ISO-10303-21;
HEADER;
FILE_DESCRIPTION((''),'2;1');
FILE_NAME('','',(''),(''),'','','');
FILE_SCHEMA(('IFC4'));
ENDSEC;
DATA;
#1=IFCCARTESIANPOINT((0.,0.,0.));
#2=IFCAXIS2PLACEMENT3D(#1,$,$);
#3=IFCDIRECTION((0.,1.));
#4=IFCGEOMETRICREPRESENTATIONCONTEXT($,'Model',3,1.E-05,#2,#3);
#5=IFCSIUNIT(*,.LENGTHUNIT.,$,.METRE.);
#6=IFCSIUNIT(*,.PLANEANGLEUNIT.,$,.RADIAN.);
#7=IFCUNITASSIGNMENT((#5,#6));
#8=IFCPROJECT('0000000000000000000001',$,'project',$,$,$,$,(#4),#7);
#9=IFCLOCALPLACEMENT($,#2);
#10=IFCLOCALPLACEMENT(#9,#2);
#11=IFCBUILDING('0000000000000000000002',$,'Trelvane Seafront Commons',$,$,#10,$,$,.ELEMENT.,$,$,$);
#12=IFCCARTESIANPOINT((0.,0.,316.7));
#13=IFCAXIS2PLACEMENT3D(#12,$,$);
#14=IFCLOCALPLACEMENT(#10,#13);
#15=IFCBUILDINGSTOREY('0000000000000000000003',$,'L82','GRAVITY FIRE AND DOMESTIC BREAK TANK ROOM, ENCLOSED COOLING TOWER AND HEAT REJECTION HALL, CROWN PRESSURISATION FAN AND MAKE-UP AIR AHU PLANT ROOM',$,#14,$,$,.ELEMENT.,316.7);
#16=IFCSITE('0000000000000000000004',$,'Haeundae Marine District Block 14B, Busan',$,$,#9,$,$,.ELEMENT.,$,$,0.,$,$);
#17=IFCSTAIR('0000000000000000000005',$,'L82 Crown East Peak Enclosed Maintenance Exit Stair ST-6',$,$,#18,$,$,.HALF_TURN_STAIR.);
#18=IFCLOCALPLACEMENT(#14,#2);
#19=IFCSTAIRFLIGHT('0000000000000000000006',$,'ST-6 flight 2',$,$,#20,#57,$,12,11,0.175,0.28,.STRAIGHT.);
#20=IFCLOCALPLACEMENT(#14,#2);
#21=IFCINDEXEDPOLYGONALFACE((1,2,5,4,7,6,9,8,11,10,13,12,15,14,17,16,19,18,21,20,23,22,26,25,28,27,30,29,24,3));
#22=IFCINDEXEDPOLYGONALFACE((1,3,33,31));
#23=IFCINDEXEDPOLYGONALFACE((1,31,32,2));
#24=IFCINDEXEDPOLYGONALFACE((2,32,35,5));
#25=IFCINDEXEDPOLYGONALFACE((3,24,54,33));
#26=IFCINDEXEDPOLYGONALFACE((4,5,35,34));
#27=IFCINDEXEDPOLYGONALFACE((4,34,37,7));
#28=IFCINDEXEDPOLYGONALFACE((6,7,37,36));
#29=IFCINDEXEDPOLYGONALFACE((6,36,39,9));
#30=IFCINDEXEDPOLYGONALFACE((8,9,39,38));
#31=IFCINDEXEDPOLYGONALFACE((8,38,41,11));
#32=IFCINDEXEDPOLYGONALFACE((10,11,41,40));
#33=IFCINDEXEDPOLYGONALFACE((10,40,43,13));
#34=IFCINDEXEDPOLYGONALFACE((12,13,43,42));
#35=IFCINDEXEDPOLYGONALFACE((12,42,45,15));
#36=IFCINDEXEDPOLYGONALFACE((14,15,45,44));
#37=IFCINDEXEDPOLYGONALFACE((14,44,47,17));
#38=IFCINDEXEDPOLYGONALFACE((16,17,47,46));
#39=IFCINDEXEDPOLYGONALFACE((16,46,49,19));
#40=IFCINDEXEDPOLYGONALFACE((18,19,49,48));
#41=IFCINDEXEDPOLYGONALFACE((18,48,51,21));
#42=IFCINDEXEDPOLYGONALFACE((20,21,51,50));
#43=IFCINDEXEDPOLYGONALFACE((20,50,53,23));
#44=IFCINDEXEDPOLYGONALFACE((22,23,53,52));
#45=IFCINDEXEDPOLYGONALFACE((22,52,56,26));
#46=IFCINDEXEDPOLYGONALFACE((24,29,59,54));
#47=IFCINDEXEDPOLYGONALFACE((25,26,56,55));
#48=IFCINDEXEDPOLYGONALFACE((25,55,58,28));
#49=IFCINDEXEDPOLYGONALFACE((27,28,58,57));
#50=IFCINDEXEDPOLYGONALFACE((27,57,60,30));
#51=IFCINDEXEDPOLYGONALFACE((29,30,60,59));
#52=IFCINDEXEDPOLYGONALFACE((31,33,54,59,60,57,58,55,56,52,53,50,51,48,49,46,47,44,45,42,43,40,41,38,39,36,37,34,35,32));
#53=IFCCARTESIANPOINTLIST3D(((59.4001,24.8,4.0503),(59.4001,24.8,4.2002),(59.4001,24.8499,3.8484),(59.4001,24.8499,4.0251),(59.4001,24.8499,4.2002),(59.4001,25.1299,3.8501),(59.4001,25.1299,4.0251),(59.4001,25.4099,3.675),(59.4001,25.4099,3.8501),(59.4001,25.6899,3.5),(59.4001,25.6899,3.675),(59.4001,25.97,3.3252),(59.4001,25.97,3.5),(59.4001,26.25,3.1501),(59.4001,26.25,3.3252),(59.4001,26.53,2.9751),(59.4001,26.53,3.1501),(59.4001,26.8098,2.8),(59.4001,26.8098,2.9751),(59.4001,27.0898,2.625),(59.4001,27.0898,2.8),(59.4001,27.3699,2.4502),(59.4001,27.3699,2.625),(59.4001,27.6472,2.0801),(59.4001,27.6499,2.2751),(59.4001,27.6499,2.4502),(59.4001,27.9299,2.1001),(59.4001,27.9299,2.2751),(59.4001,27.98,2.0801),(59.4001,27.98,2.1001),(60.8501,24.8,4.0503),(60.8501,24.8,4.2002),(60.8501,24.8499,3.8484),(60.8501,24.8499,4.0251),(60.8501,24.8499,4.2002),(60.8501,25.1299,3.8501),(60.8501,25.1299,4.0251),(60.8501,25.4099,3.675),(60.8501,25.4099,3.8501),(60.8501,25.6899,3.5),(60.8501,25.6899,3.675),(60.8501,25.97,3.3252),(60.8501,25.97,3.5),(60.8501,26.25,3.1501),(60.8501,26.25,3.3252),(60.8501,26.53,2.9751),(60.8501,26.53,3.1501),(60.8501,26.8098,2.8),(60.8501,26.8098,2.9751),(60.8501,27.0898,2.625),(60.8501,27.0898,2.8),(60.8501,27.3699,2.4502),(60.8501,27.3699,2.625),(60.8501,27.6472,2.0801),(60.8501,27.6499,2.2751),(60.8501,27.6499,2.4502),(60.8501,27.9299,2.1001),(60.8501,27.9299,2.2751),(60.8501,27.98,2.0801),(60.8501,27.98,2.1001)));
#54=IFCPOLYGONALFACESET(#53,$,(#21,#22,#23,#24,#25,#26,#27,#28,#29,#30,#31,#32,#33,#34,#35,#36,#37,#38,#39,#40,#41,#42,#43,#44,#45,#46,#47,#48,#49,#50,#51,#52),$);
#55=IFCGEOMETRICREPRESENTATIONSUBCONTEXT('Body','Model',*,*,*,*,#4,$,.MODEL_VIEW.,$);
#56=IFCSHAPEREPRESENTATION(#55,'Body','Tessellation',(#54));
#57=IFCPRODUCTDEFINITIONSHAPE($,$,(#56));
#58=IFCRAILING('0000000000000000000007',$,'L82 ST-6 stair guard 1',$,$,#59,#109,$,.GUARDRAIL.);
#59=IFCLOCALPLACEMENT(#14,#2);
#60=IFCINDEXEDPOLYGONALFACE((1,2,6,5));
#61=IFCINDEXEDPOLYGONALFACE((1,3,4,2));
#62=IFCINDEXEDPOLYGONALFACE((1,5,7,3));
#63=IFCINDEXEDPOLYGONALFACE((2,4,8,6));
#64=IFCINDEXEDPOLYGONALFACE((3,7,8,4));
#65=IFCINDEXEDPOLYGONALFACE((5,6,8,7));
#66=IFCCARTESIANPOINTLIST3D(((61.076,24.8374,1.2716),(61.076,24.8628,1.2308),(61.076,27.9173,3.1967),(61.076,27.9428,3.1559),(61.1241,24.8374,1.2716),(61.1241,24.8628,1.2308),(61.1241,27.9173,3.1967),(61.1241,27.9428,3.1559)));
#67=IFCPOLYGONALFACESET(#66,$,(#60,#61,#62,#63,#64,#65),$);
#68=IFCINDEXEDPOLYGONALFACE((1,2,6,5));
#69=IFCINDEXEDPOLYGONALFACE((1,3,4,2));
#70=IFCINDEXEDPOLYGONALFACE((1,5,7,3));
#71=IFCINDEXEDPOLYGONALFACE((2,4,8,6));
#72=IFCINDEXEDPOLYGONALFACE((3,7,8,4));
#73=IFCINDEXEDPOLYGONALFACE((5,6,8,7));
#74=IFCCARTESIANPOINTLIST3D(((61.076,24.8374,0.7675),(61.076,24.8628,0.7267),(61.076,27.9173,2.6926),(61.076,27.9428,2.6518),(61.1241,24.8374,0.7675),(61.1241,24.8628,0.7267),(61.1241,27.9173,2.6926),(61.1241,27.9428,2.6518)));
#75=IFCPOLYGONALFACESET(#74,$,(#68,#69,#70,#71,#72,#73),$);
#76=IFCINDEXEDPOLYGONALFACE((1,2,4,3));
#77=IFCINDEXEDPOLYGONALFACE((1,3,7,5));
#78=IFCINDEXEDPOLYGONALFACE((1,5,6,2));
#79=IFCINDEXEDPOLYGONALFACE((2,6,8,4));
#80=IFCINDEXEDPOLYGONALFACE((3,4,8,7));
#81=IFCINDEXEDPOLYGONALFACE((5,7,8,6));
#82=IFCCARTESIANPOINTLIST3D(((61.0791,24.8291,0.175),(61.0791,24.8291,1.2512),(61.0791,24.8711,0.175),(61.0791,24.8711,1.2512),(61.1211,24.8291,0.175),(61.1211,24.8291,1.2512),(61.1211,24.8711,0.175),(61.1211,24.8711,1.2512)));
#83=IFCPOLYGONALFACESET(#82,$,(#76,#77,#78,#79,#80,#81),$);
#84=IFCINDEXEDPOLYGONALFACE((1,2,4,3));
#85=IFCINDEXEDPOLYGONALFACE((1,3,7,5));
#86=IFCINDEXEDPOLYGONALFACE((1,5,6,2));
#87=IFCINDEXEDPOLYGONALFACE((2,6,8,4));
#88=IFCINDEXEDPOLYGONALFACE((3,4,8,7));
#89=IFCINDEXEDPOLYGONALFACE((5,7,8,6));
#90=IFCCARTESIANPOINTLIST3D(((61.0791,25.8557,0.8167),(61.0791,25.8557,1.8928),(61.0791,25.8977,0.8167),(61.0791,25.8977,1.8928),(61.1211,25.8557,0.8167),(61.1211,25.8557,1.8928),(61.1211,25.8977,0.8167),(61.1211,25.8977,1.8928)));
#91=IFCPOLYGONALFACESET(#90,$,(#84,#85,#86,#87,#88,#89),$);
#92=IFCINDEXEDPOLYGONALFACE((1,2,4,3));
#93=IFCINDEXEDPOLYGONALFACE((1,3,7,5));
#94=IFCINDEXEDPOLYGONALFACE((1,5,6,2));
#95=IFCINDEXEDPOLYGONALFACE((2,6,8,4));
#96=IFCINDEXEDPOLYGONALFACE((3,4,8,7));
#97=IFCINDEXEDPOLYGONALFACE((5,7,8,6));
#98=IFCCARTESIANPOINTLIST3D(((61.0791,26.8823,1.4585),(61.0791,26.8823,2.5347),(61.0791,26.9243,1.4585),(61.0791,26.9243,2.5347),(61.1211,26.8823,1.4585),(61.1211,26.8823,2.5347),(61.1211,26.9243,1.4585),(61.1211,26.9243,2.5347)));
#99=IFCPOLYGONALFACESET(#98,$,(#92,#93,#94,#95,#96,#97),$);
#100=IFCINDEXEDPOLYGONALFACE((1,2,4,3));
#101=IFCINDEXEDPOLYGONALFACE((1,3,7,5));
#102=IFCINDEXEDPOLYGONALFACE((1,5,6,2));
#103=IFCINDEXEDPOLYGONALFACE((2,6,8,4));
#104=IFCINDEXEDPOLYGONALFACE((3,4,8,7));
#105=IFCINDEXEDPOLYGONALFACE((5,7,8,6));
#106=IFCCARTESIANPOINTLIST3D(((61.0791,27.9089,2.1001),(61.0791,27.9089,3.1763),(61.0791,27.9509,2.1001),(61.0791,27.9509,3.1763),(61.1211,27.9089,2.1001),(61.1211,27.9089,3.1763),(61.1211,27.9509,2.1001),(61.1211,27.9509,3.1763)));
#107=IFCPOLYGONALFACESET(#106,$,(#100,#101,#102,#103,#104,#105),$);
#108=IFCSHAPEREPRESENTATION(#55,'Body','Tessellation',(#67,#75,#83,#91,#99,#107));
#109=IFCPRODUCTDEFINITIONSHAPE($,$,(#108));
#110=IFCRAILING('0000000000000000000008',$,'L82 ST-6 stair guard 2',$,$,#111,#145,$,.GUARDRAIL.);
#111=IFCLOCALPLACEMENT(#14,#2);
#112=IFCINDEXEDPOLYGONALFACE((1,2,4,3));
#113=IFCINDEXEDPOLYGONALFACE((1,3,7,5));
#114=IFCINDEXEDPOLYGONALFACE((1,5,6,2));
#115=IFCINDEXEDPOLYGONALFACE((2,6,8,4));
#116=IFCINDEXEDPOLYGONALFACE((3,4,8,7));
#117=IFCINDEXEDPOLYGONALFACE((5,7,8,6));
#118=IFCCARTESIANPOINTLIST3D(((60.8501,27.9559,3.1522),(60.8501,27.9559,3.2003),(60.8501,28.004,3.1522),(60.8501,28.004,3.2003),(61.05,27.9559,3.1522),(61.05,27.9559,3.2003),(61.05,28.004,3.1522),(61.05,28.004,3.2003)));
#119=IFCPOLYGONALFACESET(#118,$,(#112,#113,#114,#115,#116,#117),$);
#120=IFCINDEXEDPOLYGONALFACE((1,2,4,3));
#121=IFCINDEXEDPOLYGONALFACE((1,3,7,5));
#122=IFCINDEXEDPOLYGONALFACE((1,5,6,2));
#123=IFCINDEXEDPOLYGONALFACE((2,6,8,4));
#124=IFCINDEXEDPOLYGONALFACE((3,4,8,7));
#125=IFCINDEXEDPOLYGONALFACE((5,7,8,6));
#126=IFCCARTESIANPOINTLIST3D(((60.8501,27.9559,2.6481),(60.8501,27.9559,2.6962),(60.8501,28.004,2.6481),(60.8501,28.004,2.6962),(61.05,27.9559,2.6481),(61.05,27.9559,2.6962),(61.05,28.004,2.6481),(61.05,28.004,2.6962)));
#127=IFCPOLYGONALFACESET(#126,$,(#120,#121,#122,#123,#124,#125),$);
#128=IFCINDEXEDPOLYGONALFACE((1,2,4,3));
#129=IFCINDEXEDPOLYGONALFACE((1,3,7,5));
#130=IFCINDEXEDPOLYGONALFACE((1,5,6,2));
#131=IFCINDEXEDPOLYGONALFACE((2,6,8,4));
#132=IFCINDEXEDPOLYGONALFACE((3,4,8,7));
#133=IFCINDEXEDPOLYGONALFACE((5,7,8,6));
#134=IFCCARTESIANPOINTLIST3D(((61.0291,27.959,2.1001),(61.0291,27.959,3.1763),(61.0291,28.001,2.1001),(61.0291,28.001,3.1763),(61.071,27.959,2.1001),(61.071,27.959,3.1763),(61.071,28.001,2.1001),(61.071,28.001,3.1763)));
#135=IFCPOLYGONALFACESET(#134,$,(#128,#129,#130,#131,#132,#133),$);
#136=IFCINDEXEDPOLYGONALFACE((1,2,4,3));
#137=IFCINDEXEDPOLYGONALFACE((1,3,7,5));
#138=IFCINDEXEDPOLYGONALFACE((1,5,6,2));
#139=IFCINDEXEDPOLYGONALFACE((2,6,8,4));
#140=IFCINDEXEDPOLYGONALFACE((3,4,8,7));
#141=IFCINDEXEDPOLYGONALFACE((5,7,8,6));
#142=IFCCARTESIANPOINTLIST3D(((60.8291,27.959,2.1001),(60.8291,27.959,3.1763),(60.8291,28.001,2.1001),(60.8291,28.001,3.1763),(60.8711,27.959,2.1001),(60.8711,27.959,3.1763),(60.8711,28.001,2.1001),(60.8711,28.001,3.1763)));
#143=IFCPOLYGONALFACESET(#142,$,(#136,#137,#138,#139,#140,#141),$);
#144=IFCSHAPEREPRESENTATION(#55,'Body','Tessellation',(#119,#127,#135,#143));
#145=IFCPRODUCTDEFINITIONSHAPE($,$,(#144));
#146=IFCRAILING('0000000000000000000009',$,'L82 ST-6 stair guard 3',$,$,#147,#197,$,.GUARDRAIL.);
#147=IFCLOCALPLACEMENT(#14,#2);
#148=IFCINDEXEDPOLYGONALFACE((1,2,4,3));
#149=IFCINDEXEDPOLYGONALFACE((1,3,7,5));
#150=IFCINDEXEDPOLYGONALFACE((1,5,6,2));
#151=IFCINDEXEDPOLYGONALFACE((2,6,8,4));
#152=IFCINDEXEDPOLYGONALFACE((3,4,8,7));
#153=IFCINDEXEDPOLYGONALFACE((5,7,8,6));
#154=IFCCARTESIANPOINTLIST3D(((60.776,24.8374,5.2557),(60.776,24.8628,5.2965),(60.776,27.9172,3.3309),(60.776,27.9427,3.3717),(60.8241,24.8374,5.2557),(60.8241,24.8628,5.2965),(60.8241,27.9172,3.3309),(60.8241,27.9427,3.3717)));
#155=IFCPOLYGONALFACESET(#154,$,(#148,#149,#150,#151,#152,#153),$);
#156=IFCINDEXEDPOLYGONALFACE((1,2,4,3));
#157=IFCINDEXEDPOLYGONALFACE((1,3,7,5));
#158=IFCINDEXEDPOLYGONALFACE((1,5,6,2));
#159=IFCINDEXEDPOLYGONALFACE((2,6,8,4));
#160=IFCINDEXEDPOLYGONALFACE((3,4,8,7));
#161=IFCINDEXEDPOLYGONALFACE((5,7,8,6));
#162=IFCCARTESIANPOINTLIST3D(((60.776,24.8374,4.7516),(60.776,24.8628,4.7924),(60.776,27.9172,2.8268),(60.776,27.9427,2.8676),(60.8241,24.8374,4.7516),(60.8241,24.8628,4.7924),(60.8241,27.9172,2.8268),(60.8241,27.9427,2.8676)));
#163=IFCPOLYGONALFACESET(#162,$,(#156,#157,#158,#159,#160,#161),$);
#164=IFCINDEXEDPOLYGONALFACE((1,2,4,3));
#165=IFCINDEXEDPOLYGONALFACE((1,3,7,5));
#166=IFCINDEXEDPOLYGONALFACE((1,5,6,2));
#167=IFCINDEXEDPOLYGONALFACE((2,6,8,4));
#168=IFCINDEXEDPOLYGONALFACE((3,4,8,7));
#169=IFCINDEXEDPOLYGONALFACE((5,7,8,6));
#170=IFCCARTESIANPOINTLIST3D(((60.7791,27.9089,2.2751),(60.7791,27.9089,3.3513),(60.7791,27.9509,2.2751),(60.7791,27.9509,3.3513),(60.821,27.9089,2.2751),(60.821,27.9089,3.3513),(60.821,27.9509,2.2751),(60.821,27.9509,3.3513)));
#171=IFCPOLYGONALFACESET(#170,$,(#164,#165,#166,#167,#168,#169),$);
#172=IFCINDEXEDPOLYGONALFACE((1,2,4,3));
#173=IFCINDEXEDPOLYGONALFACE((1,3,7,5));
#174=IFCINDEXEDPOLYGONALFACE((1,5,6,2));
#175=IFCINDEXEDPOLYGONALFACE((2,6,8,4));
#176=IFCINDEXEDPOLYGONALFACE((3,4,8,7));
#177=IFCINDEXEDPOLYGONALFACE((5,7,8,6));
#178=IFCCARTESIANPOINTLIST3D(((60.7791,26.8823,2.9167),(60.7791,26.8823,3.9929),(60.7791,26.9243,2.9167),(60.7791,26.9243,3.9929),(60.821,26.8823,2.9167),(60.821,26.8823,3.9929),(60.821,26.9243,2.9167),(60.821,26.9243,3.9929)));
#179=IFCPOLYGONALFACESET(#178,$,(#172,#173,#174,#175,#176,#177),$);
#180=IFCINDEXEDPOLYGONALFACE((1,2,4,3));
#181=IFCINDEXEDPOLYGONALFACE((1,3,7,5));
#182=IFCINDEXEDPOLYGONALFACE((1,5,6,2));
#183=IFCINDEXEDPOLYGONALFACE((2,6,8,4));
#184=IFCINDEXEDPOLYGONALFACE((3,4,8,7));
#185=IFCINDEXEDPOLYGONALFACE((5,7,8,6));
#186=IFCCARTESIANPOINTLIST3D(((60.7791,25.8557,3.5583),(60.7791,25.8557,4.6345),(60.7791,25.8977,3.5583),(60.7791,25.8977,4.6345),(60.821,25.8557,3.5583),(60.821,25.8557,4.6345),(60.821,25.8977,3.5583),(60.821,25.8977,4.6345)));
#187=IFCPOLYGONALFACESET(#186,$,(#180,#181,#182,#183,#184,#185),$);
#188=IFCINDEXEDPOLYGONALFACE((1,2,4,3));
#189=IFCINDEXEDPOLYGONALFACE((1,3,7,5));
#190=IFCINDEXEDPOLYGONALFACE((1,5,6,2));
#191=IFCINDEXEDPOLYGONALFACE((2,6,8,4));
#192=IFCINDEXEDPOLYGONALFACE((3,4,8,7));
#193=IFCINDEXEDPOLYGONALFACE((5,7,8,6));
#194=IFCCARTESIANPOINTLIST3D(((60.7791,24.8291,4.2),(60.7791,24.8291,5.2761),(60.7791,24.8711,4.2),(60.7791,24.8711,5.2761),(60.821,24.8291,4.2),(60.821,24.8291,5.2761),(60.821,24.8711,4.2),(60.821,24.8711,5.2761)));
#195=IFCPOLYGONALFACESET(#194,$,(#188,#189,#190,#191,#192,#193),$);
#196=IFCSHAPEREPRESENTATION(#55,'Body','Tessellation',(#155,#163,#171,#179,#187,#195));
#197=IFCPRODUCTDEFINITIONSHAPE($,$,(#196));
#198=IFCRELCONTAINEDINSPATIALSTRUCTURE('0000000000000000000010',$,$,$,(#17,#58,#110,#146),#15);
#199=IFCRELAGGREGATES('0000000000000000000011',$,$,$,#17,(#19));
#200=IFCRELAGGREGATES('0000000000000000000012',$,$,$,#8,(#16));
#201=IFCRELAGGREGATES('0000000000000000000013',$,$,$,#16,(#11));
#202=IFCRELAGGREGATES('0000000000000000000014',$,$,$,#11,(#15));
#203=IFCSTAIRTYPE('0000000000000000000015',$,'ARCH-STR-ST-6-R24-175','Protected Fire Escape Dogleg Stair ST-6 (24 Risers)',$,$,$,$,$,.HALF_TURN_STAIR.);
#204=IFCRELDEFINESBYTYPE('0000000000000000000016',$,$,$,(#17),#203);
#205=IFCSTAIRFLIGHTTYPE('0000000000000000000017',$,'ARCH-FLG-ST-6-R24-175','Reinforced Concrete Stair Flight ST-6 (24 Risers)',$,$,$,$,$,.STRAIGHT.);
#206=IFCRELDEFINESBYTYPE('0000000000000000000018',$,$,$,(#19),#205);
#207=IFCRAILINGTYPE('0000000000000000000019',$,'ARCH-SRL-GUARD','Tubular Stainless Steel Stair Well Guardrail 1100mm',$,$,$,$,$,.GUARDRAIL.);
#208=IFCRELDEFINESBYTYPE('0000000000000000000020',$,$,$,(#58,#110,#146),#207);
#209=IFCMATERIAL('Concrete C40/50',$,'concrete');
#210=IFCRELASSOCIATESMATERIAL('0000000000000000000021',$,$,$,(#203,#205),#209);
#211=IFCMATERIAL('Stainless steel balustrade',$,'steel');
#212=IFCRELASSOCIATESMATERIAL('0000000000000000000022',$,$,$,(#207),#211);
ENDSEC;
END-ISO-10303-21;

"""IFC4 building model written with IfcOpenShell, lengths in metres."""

from ifc_helpers import new_model, si_unit, direction, frame, origin, origin_2d, place, context, subcontext, project, spatial, polyline, rectangle, outline, extrude, source, transform, mapped, material, type_object, element, aggregate, save


model = new_model("IFC4")

# Units and contexts
model_context = context("Model", 3, precision=1e-05, world=origin(), true_north=direction((0.0, 1.0)))
body_context = subcontext(model_context, "Body", "Model", "MODEL_VIEW")
ifc_project = project(units=[si_unit("LENGTHUNIT", "METRE"), si_unit("PLANEANGLEUNIT", "RADIAN")], contexts=[model_context])

# Site, building, storey
site_placement = place(None, origin())
site = spatial("IfcSite", under=ifc_project, at=site_placement, Name="Haeundae Marine District Block 14B, Busan", CompositionType="ELEMENT", RefElevation=0.0)
building_placement = place(site_placement, origin())
building = spatial("IfcBuilding", under=site, at=building_placement, Name="Trelvane Seafront Commons", CompositionType="ELEMENT")
storey_placement = place(building_placement, frame((0.0, 0.0, 316.7)))
storey = spatial("IfcBuildingStorey", under=building, at=storey_placement, Name="L82", Description="GRAVITY FIRE AND DOMESTIC BREAK TANK ROOM, ENCLOSED COOLING TOWER AND HEAT REJECTION HALL, CROWN PRESSURISATION FAN AND MAKE-UP AIR AHU PLANT ROOM", CompositionType="ELEMENT", Elevation=316.7)

# Shared definitions
ifc_material_1 = material(Name="Concrete C40/50", Category="concrete")

# Stair, stair flight
stair_type = type_object("IfcStairType", Name="ARCH-STR-ST-6-R24-175", Description="Protected Fire Escape Dogleg Stair ST-6 (24 Risers)", PredefinedType="HALF_TURN_STAIR", material=ifc_material_1)
stair_placement = place(storey_placement, origin())
stair = element("IfcStair", 1, at=stair_placement, inside=storey, type_object=stair_type, Name="L82 Crown East Peak Enclosed Maintenance Exit Stair ST-6", PredefinedType="HALF_TURN_STAIR")
stair_flight_type = type_object("IfcStairFlightType", Name="ARCH-FLG-ST-6-R24-175", Description="Reinforced Concrete Stair Flight ST-6 (24 Risers)", PredefinedType="STRAIGHT", material=ifc_material_1)
shared_shape_1 = source(origin(), body_context, "Body", "SweptSolid", [
    extrude(outline(polyline([(-0.05, -0.02), (-0.05, 0.0), (0.0, 0.0), (0.0, 0.175), (0.28, 0.175), (0.28, 0.3501), (0.5601, 0.3501), (0.5601, 0.5249), (0.8401, 0.5249), (0.8401, 0.7), (1.1201, 0.7), (1.1201, 0.875), (1.3999, 0.875), (1.3999, 1.05), (1.6799, 1.05), (1.6799, 1.2251), (1.96, 1.2251), (1.96, 1.3999), (2.24, 1.3999), (2.24, 1.575), (2.52, 1.575), (2.52, 1.75), (2.8, 1.75), (2.8, 1.925), (3.0801, 1.925), (3.0801, 2.1001), (3.1299, 2.1001), (3.1299, 1.9502), (3.0801, 1.7483), (0.2827, -0.02), (-0.05, -0.02)])), frame((0.0, 0.7251, 0.0), z_axis=(0.0, -1.0, 0.0), x_axis=(1.0, 0.0, 0.0)), (0.0, 0.0, 1.0), 1.45),
])
stair_flight_1_placement = place(storey_placement, frame((60.125, 27.9299, 2.1001), z_axis=(0.0, 0.0, 1.0), x_axis=(0.0, -1.0, 0.0)))
stair_flight_1 = element("IfcStairFlight", 2, at=stair_flight_1_placement, type_object=stair_flight_type, Name="ST-6 flight 2", NumberOfRisers=12, NumberOfTreads=11, PredefinedType="STRAIGHT", RiserHeight=0.175, TreadLength=0.28, context=body_context, shape_type="MappedRepresentation", body=[
    mapped(shared_shape_1, transform((0.0, 0.0, 0.0), x_axis=(1.0, 0.0, 0.0), y_axis=(0.0, 1.0, 0.0), z_axis=(0.0, 0.0, 1.0), scale=1.0)),
])
aggregate(stair, [stair_flight_1])

# Railings
ifc_material_2 = material(Name="Stainless steel balustrade", Category="steel")
railing_type_1 = type_object("IfcRailingType", Name="ARCH-SRL-GUARD", Description="Tubular Stainless Steel Stair Well Guardrail 1100mm", PredefinedType="GUARDRAIL", material=ifc_material_2)
railing_1_placement = place(storey_placement, frame((61.1001, 24.8501, 0.175)))
element("IfcRailing", 3, at=railing_1_placement, inside=storey, type_object=railing_type_1, Name="L82 ST-6 stair guard 1", PredefinedType="GUARDRAIL", context=body_context, shape_type="SweptSolid", body=[
    extrude(rectangle(XDim=0.0481, YDim=0.0481, at=origin_2d()), frame((0.0, 0.0, 1.0762), z_axis=(0.0, 0.847979, 0.530029), x_axis=(-1.0, 0.0, 0.0)), (0.0, 0.0, 1.0), 3.6321),
    extrude(rectangle(XDim=0.0481, YDim=0.0481, at=origin_2d()), frame((0.0, 0.0, 0.572), z_axis=(0.0, 0.847979, 0.530029), x_axis=(-1.0, 0.0, 0.0)), (0.0, 0.0, 1.0), 3.6321),
    extrude(rectangle(XDim=0.042, YDim=0.042, at=origin_2d()), origin(), (0.0, 0.0, 1.0), 1.0762),
    extrude(rectangle(XDim=0.042, YDim=0.042, at=origin_2d()), frame((0.0, 1.0266, 0.6416)), (0.0, 0.0, 1.0), 1.0762),
    extrude(rectangle(XDim=0.042, YDim=0.042, at=origin_2d()), frame((0.0, 2.0532, 1.2834)), (0.0, 0.0, 1.0), 1.0762),
    extrude(rectangle(XDim=0.042, YDim=0.042, at=origin_2d()), frame((0.0, 3.0798, 1.925)), (0.0, 0.0, 1.0), 1.0762),
])
railing_2_placement = place(storey_placement, frame((61.05, 27.98, 2.1001)))
element("IfcRailing", 4, at=railing_2_placement, inside=storey, type_object=railing_type_1, Name="L82 ST-6 stair guard 2", PredefinedType="GUARDRAIL", context=body_context, shape_type="SweptSolid", body=[
    extrude(rectangle(XDim=0.0481, YDim=0.0481, at=origin_2d()), frame((0.0, 0.0, 1.0762), z_axis=(-1.0, 0.0, 0.0), x_axis=(0.0, -1.0, 0.0)), (0.0, 0.0, 1.0), 0.2),
    extrude(rectangle(XDim=0.0481, YDim=0.0481, at=origin_2d()), frame((0.0, 0.0, 0.572), z_axis=(-1.0, 0.0, 0.0), x_axis=(0.0, -1.0, 0.0)), (0.0, 0.0, 1.0), 0.2),
    extrude(rectangle(XDim=0.042, YDim=0.042, at=origin_2d()), origin(), (0.0, 0.0, 1.0), 1.0762),
    extrude(rectangle(XDim=0.042, YDim=0.042, at=origin_2d()), frame((-0.2, 0.0, 0.0)), (0.0, 0.0, 1.0), 1.0762),
])
railing_3_placement = place(storey_placement, frame((60.8, 27.9299, 2.2751)))
element("IfcRailing", 5, at=railing_3_placement, inside=storey, type_object=railing_type_1, Name="L82 ST-6 stair guard 3", PredefinedType="GUARDRAIL", context=body_context, shape_type="SweptSolid", body=[
    extrude(rectangle(XDim=0.0481, YDim=0.0481, at=origin_2d()), frame((0.0, 0.0, 1.0762), z_axis=(0.0, -0.84801, 0.529981), x_axis=(1.0, 0.0, 0.0)), (0.0, 0.0, 1.0), 3.6318),
    extrude(rectangle(XDim=0.0481, YDim=0.0481, at=origin_2d()), frame((0.0, 0.0, 0.572), z_axis=(0.0, -0.84801, 0.529981), x_axis=(1.0, 0.0, 0.0)), (0.0, 0.0, 1.0), 3.6318),
    extrude(rectangle(XDim=0.042, YDim=0.042, at=origin_2d()), origin(), (0.0, 0.0, 1.0), 1.0762),
    extrude(rectangle(XDim=0.042, YDim=0.042, at=origin_2d()), frame((0.0, -1.0266, 0.6416)), (0.0, 0.0, 1.0), 1.0762),
    extrude(rectangle(XDim=0.042, YDim=0.042, at=origin_2d()), frame((0.0, -2.0532, 1.2832)), (0.0, 0.0, 1.0), 1.0762),
    extrude(rectangle(XDim=0.042, YDim=0.042, at=origin_2d()), frame((0.0, -3.0798, 1.9248)), (0.0, 0.0, 1.0), 1.0762),
])

save(model, "model.ifc")
